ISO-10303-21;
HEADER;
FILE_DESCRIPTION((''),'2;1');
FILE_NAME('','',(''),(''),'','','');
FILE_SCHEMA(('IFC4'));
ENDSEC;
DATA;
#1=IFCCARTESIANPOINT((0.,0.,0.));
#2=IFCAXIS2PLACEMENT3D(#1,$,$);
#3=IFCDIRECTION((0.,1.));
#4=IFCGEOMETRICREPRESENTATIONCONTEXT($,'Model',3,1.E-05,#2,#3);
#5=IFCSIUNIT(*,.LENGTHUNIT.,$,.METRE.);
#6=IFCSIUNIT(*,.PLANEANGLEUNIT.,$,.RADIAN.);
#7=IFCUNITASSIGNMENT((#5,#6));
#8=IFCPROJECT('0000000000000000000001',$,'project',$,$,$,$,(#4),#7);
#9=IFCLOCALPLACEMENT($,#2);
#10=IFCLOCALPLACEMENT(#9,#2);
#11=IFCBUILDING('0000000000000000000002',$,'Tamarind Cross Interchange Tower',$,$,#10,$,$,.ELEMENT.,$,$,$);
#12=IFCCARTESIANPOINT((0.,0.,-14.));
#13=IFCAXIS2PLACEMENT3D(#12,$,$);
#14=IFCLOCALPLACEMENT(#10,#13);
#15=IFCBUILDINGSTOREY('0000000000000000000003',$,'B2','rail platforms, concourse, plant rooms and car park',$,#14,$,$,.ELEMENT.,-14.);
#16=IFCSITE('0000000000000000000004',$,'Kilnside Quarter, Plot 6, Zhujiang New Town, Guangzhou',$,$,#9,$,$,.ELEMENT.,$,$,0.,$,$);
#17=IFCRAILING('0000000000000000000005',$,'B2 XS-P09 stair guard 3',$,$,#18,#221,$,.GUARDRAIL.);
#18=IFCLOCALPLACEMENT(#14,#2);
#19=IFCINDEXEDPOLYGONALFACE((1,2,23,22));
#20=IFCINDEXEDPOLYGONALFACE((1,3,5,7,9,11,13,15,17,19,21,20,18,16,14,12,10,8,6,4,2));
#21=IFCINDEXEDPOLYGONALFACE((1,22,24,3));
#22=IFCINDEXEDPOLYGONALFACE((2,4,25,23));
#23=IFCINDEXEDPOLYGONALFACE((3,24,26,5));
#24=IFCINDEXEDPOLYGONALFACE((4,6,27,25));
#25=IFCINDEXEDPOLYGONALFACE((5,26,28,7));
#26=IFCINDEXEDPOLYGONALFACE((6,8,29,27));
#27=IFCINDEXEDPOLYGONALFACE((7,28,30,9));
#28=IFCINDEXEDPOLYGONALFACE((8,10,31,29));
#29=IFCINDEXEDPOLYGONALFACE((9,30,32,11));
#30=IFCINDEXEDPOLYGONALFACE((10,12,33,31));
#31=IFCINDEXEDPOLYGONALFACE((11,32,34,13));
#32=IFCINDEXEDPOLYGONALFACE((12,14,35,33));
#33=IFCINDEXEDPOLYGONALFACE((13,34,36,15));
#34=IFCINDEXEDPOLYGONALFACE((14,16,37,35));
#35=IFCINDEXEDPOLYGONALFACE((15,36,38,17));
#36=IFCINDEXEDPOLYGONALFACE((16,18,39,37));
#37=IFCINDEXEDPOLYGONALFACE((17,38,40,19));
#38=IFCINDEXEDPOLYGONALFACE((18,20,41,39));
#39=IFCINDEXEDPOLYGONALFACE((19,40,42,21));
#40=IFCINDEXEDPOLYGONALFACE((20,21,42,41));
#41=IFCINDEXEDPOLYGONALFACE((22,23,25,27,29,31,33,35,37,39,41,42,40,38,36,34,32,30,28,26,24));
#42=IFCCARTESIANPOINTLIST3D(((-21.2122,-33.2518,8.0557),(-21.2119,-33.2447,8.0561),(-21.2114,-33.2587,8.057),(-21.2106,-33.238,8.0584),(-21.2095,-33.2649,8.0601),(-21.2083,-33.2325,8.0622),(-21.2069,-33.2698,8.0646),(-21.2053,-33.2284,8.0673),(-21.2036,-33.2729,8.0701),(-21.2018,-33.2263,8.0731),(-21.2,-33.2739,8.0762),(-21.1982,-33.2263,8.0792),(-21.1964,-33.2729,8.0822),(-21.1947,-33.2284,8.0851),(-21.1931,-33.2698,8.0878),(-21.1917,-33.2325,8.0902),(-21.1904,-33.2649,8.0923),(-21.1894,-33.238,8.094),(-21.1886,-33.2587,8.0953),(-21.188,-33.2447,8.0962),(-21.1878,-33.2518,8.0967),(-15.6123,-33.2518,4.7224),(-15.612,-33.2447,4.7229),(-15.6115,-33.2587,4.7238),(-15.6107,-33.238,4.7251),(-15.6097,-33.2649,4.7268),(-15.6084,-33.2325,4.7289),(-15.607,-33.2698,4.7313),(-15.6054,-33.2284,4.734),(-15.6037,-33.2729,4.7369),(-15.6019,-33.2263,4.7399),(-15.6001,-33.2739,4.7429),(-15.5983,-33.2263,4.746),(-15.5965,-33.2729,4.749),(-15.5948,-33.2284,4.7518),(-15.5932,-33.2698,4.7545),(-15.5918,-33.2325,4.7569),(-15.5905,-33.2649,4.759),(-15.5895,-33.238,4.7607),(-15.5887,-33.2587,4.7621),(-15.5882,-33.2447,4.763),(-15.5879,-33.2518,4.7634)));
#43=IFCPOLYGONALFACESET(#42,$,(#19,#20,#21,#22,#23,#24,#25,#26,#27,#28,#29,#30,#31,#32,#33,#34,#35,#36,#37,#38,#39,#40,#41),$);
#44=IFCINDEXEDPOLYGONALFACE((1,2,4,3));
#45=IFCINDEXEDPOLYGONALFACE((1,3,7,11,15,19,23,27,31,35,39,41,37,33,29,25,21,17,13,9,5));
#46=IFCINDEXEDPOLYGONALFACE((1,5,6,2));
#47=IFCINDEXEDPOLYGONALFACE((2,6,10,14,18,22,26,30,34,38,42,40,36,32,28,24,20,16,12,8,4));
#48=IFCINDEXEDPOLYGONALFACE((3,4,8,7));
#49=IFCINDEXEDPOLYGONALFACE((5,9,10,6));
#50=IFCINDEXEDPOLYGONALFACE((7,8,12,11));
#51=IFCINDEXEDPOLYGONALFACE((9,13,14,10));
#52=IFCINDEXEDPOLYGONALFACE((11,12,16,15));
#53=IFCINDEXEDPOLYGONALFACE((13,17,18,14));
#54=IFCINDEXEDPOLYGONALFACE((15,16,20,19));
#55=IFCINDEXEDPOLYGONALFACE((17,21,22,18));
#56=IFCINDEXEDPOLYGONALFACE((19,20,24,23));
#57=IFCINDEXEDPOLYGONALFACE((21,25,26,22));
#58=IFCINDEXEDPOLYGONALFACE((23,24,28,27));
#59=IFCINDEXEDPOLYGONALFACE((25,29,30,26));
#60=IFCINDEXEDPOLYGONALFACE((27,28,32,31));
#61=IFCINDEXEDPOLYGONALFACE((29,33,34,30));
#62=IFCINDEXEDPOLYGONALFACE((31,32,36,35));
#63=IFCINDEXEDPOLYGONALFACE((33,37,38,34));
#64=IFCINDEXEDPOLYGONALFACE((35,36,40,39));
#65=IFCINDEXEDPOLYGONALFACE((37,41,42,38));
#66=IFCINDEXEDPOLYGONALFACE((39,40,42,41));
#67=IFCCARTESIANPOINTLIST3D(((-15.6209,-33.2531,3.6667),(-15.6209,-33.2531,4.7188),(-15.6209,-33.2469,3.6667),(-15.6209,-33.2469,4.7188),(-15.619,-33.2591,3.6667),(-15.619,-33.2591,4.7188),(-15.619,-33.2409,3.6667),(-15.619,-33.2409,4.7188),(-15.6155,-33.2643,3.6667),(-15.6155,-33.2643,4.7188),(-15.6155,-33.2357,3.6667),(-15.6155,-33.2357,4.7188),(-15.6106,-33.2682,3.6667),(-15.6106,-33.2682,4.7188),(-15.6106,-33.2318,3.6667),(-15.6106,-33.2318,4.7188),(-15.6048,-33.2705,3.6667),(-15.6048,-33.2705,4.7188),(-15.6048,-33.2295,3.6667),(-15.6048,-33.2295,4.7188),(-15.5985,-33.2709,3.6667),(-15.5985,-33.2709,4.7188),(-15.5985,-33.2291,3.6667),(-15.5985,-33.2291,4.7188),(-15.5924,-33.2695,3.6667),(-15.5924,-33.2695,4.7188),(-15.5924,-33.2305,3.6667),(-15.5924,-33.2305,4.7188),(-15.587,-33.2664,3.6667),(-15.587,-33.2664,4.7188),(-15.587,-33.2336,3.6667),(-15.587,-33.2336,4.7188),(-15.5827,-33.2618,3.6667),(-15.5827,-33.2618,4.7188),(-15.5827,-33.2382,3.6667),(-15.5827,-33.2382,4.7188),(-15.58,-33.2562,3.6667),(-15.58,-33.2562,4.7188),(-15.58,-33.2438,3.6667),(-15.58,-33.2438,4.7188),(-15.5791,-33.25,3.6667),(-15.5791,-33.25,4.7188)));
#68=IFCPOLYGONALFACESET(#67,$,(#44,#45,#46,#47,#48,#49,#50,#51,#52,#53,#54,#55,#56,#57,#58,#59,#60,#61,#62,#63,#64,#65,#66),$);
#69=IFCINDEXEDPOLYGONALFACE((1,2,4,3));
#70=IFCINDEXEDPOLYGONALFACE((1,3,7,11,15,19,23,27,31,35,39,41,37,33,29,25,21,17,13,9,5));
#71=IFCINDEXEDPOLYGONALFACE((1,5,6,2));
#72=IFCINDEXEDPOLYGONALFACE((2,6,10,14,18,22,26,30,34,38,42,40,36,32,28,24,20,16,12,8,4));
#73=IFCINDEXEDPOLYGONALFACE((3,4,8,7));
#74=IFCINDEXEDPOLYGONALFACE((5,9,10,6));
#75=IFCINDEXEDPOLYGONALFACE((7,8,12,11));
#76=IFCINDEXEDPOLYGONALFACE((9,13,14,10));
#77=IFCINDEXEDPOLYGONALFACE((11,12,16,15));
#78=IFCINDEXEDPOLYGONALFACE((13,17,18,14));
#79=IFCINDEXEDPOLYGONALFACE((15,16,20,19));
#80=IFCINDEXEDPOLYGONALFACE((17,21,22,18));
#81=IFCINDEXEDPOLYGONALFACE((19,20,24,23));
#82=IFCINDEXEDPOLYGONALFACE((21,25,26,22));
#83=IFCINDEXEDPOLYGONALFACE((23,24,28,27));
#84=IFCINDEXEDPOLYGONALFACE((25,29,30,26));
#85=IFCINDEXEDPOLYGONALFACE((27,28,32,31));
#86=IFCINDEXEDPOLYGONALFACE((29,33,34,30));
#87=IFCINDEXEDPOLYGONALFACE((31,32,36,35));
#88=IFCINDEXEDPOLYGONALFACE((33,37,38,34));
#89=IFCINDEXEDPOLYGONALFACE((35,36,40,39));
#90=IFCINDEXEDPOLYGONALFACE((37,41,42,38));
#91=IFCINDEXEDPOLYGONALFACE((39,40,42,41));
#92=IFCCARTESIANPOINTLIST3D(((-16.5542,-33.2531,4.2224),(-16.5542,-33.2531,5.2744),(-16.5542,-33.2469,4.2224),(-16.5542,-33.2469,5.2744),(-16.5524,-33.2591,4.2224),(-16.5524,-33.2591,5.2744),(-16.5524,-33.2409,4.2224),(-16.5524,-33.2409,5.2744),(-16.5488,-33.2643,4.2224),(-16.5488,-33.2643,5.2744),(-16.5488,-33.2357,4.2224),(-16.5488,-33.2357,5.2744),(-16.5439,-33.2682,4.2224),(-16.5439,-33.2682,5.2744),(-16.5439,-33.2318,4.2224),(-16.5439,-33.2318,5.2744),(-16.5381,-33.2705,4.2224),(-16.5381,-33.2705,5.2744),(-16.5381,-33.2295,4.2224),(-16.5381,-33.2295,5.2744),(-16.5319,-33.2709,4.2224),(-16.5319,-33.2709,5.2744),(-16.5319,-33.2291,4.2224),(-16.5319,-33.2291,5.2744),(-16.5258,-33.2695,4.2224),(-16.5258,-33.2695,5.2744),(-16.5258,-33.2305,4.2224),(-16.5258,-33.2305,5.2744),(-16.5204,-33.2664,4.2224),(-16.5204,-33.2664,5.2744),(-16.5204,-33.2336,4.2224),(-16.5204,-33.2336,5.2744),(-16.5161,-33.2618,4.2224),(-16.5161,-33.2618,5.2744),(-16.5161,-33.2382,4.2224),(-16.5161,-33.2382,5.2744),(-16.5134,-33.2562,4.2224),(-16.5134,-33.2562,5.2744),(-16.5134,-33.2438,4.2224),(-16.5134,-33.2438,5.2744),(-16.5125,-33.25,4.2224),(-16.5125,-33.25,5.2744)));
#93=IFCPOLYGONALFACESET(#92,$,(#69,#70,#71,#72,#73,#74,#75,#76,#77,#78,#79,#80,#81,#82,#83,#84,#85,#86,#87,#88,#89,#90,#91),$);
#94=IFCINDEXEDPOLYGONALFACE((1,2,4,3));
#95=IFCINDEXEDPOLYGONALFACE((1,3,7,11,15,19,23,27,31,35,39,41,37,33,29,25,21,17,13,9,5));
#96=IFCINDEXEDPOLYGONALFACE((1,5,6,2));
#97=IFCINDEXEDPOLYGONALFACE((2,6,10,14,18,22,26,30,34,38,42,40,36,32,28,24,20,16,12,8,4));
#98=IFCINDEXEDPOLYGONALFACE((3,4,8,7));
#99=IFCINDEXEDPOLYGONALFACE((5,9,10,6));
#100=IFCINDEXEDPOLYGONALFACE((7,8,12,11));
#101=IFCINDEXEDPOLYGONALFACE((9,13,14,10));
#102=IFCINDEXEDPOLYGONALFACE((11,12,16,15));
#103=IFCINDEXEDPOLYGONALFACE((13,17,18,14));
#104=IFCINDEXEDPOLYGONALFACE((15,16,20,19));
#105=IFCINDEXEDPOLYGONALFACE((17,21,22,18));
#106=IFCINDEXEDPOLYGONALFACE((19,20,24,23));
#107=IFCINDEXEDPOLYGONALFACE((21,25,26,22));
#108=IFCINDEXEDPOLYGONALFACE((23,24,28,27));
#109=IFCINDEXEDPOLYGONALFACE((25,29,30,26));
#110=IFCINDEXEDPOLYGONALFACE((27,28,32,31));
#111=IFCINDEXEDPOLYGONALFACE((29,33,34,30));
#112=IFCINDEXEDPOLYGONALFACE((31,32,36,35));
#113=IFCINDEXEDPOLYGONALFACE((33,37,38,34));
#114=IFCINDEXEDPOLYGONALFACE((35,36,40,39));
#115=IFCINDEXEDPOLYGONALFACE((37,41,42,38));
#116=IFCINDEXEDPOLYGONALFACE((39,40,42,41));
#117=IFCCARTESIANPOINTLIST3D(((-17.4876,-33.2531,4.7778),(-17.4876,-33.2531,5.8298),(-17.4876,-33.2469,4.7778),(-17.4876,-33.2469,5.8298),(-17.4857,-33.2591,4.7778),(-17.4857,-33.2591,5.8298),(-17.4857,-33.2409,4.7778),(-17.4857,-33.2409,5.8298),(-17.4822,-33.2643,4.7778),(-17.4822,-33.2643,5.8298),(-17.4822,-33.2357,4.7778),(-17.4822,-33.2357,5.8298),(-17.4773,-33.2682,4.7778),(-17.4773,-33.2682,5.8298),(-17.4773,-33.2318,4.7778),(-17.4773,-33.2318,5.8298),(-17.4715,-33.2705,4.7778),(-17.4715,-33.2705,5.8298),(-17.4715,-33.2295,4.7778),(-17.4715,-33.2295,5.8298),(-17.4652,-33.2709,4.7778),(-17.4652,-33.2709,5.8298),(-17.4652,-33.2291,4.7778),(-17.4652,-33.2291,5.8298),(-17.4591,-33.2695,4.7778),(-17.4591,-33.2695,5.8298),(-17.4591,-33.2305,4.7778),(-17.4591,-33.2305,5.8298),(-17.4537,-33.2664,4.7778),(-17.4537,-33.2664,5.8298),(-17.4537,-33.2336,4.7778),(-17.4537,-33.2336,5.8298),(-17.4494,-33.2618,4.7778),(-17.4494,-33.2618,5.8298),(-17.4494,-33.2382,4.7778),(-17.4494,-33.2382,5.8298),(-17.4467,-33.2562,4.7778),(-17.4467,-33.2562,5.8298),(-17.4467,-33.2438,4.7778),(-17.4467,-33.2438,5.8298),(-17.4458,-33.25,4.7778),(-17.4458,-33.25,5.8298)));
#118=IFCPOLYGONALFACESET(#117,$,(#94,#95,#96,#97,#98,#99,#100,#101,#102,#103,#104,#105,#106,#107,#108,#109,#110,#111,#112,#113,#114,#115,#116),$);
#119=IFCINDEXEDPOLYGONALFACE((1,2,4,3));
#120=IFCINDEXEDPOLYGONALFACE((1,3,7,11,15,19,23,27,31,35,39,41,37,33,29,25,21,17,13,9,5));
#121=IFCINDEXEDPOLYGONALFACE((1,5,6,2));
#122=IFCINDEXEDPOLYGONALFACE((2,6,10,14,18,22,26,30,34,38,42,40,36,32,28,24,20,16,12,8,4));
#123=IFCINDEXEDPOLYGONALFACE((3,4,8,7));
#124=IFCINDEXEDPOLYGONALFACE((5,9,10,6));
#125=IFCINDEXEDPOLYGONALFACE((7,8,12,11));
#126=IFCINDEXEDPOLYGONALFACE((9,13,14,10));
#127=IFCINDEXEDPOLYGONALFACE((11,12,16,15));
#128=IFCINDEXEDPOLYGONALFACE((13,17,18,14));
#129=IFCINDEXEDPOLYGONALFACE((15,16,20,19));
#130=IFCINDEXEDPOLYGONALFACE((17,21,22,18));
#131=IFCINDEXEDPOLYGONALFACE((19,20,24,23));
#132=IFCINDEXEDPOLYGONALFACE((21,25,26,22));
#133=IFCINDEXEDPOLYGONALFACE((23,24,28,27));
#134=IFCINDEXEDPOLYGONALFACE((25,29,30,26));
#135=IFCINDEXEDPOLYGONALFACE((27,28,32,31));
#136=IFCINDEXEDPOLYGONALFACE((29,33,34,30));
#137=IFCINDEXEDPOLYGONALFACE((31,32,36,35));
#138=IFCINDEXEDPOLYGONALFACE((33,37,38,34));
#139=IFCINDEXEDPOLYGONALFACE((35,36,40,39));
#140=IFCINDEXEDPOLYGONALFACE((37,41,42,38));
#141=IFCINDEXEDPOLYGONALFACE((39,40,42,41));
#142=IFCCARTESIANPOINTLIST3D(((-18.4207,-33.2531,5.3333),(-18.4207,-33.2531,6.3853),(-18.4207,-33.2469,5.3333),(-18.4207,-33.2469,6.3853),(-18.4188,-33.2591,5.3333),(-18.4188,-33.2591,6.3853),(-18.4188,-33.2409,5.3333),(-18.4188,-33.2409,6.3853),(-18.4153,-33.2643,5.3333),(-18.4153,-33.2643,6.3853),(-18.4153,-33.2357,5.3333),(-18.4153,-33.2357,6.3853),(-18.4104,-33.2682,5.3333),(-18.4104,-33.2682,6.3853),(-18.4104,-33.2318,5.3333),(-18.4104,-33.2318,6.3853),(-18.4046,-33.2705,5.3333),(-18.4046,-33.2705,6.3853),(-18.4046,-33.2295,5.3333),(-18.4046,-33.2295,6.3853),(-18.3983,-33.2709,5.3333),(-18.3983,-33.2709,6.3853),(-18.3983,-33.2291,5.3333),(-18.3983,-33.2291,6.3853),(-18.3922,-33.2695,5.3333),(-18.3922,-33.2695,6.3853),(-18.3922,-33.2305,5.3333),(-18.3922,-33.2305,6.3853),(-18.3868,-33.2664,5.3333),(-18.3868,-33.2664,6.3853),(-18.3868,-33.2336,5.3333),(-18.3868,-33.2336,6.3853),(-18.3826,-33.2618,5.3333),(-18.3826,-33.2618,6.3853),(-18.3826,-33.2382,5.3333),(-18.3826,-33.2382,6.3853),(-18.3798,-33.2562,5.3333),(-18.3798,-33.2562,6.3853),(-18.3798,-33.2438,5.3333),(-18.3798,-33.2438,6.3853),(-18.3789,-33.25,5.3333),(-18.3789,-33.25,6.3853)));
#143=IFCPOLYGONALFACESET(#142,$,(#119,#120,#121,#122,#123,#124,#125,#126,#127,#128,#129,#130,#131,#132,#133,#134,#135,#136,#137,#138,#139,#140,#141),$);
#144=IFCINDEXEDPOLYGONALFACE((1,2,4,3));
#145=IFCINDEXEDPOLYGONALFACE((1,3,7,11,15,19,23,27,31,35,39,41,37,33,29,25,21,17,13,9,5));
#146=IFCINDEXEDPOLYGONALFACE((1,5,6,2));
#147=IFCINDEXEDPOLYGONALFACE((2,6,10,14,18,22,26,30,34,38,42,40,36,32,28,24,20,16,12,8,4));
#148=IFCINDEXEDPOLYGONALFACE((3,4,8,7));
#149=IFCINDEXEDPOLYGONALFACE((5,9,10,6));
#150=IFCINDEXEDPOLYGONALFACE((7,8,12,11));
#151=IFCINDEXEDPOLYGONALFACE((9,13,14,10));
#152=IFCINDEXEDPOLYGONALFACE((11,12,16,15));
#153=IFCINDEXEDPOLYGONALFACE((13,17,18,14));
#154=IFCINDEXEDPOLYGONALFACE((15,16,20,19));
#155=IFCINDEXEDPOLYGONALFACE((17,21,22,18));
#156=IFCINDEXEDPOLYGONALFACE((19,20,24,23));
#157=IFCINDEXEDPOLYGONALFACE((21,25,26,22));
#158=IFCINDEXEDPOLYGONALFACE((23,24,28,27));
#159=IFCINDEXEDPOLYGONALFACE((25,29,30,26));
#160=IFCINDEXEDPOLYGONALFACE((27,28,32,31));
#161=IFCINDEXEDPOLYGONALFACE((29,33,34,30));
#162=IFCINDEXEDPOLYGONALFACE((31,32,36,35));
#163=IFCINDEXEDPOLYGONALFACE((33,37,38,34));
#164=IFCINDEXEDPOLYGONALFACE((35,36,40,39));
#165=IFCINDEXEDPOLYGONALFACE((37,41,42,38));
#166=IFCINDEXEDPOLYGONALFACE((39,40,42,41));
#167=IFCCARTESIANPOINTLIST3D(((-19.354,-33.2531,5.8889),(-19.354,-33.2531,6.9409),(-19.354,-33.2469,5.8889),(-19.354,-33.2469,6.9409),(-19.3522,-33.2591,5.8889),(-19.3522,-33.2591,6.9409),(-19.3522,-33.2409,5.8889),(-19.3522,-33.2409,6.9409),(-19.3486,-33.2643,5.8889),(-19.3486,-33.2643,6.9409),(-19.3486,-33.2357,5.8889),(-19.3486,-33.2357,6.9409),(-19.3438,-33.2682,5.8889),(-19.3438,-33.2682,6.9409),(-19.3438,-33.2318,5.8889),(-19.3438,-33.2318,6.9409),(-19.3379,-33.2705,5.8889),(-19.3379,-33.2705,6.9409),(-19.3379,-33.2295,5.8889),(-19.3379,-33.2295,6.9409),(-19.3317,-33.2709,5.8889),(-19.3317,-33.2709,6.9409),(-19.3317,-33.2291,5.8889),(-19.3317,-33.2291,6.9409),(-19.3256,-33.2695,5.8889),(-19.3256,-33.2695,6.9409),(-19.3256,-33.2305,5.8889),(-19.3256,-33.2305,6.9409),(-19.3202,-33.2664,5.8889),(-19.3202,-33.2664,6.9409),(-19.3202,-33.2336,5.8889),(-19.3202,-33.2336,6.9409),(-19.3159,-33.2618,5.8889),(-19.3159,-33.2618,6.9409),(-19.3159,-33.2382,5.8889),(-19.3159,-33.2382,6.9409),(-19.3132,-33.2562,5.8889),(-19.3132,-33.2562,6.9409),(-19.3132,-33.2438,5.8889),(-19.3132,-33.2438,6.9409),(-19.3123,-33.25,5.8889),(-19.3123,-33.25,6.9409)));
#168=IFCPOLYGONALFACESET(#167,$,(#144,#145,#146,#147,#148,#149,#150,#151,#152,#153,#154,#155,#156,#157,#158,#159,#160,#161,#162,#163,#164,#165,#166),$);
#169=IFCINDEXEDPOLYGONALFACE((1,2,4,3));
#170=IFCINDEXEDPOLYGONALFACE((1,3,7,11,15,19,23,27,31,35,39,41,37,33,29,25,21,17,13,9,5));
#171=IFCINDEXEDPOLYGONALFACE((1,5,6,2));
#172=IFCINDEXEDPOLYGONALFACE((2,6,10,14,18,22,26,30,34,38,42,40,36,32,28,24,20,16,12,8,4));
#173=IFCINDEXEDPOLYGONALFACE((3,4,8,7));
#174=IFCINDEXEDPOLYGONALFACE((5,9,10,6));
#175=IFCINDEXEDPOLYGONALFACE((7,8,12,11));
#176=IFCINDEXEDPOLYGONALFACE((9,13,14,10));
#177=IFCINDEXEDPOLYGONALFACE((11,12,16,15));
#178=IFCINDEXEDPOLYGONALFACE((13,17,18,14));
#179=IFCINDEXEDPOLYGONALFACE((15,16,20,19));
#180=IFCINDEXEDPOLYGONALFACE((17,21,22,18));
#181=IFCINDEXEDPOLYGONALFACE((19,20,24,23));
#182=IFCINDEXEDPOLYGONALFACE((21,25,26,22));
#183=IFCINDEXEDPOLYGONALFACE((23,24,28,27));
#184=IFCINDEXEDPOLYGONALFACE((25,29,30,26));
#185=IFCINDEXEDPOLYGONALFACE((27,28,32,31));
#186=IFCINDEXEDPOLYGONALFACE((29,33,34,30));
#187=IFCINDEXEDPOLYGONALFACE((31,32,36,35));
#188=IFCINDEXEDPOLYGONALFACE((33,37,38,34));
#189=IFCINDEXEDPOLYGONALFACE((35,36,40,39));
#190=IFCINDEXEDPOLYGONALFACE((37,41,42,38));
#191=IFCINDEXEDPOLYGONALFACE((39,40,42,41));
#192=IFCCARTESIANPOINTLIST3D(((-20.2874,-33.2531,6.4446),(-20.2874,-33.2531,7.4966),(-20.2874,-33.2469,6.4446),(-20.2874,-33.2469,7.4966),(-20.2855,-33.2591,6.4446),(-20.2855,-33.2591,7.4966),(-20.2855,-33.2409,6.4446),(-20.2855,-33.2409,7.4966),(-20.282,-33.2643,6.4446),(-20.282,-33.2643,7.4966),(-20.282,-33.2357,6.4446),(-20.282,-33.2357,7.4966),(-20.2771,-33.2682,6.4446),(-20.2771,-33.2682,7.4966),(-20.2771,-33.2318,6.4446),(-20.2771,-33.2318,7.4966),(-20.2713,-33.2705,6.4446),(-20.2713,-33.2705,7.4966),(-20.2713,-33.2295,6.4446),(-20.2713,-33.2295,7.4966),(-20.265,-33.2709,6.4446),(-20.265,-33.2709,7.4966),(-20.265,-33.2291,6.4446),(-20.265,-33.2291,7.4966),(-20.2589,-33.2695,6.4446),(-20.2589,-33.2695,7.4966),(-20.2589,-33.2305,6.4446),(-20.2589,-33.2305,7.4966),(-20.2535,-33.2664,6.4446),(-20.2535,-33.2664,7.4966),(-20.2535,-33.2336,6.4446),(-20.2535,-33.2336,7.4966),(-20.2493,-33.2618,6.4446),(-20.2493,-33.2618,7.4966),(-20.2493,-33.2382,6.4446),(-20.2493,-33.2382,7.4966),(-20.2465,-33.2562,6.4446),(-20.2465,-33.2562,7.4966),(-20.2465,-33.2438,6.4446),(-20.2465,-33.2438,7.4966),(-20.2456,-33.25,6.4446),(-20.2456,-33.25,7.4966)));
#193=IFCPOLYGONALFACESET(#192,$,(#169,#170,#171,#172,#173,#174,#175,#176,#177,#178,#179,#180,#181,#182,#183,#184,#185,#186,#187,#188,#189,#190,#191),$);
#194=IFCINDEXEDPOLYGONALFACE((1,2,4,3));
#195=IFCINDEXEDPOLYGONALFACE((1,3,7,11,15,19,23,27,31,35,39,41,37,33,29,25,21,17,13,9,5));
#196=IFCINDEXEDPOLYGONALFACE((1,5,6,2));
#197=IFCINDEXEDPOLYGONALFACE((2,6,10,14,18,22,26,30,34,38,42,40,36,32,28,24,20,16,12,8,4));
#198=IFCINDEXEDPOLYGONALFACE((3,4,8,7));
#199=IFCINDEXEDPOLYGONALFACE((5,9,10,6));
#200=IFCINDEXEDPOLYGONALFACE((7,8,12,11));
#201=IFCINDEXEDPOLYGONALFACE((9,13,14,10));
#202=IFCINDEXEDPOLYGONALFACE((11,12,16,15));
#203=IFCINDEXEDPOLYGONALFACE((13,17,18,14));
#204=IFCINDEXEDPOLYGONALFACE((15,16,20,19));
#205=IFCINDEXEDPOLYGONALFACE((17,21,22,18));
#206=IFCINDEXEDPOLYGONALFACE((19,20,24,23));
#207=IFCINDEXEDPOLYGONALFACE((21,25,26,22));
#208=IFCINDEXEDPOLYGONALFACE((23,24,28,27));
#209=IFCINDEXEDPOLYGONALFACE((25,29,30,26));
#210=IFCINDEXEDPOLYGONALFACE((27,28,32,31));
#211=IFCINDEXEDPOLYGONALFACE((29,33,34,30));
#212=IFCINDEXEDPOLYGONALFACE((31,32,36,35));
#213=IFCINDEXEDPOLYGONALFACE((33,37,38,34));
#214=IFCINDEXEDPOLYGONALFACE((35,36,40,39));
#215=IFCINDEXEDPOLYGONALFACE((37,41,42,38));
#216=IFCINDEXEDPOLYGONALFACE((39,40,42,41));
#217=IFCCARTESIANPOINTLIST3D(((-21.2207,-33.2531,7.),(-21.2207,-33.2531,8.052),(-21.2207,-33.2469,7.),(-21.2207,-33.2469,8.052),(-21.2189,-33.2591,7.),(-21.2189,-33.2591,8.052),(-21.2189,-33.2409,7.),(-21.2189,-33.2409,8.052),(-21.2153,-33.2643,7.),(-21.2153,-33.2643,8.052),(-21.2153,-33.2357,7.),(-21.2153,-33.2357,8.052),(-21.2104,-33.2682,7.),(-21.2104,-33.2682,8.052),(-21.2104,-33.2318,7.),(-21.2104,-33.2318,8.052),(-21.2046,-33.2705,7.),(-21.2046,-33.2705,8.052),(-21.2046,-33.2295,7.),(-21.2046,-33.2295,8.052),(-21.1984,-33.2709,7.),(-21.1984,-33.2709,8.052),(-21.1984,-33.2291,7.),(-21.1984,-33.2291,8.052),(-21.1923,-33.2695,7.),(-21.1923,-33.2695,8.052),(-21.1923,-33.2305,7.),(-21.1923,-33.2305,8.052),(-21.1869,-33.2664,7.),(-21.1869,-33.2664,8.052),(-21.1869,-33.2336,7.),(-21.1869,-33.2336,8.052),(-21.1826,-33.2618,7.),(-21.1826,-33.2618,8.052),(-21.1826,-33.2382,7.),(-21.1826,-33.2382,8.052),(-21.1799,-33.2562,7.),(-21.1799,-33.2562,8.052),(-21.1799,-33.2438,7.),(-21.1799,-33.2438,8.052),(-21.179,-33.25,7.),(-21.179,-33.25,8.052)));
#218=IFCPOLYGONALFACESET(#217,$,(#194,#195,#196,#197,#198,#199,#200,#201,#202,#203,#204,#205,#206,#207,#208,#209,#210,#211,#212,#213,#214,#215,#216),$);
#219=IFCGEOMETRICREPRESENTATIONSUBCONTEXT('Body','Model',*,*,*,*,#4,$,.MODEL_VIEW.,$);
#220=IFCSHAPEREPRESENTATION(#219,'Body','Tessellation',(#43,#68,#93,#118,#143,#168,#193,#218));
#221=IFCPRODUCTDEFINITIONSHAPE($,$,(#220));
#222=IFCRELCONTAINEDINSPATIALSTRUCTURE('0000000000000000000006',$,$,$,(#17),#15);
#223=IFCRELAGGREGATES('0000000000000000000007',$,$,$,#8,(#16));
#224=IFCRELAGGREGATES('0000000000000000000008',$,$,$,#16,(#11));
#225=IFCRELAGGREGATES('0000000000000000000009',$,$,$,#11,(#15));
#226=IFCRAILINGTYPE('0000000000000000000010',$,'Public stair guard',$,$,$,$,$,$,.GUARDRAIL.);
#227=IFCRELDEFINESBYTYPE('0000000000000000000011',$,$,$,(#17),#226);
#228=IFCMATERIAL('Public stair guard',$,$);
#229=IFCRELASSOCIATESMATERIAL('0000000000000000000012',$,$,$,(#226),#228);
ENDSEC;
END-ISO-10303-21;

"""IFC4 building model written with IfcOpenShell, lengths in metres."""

from ifc_helpers import new_model, si_unit, direction, frame, origin, origin_2d, place, context, subcontext, project, spatial, circle, extrude, material, type_object, element, save


model = new_model("IFC4")

# Units and contexts
model_context = context("Model", 3, precision=1e-05, world=origin(), true_north=direction((0.0, 1.0)))
body_context = subcontext(model_context, "Body", "Model", "MODEL_VIEW")
ifc_project = project(units=[si_unit("LENGTHUNIT", "METRE"), si_unit("PLANEANGLEUNIT", "RADIAN")], contexts=[model_context])

# Site, building, storey
site_placement = place(None, origin())
site = spatial("IfcSite", under=ifc_project, at=site_placement, Name="Kilnside Quarter, Plot 6, Zhujiang New Town, Guangzhou", CompositionType="ELEMENT", RefElevation=0.0)
building_placement = place(site_placement, origin())
building = spatial("IfcBuilding", under=site, at=building_placement, Name="Tamarind Cross Interchange Tower", CompositionType="ELEMENT")
storey_placement = place(building_placement, frame((0.0, 0.0, -14.0)))
storey = spatial("IfcBuildingStorey", under=building, at=storey_placement, Name="B2", Description="rail platforms, concourse, plant rooms and car park", CompositionType="ELEMENT", Elevation=-14.0)

# Railing
ifc_material_1 = material(Name="Public stair guard")
railing_type_1 = type_object("IfcRailingType", Name="Public stair guard", PredefinedType="GUARDRAIL", material=ifc_material_1)
railing_1_placement = place(storey_placement, frame((-15.6001, -33.25, 3.6667)))
element("IfcRailing", 1, at=railing_1_placement, inside=storey, type_object=railing_type_1, Name="B2 XS-P09 stair guard 3", PredefinedType="GUARDRAIL", context=body_context, shape_type="SweptSolid", body=[
    extrude(circle(Radius=0.0239, at=origin_2d()), frame((0.0, 0.0, 1.0762), z_axis=(-0.859292, 0.0, 0.511485), x_axis=(0.0, -1.0, 0.0)), (0.0, 0.0, 1.0), 6.5168),
    extrude(circle(Radius=0.021, at=origin_2d()), origin(), (0.0, 0.0, 1.0), 1.052),
    extrude(circle(Radius=0.021, at=origin_2d()), frame((-0.9333, 0.0, 0.5557)), (0.0, 0.0, 1.0), 1.052),
    extrude(circle(Radius=0.021, at=origin_2d()), frame((-1.8667, 0.0, 1.1111)), (0.0, 0.0, 1.0), 1.052),
    extrude(circle(Radius=0.021, at=origin_2d()), frame((-2.7998, 0.0, 1.6665)), (0.0, 0.0, 1.0), 1.052),
    extrude(circle(Radius=0.021, at=origin_2d()), frame((-3.7332, 0.0, 2.2222)), (0.0, 0.0, 1.0), 1.052),
    extrude(circle(Radius=0.021, at=origin_2d()), frame((-4.6665, 0.0, 2.7778)), (0.0, 0.0, 1.0), 1.052),
    extrude(circle(Radius=0.021, at=origin_2d()), frame((-5.5999, 0.0, 3.3333)), (0.0, 0.0, 1.0), 1.052),
])

save(model, "model.ifc")
